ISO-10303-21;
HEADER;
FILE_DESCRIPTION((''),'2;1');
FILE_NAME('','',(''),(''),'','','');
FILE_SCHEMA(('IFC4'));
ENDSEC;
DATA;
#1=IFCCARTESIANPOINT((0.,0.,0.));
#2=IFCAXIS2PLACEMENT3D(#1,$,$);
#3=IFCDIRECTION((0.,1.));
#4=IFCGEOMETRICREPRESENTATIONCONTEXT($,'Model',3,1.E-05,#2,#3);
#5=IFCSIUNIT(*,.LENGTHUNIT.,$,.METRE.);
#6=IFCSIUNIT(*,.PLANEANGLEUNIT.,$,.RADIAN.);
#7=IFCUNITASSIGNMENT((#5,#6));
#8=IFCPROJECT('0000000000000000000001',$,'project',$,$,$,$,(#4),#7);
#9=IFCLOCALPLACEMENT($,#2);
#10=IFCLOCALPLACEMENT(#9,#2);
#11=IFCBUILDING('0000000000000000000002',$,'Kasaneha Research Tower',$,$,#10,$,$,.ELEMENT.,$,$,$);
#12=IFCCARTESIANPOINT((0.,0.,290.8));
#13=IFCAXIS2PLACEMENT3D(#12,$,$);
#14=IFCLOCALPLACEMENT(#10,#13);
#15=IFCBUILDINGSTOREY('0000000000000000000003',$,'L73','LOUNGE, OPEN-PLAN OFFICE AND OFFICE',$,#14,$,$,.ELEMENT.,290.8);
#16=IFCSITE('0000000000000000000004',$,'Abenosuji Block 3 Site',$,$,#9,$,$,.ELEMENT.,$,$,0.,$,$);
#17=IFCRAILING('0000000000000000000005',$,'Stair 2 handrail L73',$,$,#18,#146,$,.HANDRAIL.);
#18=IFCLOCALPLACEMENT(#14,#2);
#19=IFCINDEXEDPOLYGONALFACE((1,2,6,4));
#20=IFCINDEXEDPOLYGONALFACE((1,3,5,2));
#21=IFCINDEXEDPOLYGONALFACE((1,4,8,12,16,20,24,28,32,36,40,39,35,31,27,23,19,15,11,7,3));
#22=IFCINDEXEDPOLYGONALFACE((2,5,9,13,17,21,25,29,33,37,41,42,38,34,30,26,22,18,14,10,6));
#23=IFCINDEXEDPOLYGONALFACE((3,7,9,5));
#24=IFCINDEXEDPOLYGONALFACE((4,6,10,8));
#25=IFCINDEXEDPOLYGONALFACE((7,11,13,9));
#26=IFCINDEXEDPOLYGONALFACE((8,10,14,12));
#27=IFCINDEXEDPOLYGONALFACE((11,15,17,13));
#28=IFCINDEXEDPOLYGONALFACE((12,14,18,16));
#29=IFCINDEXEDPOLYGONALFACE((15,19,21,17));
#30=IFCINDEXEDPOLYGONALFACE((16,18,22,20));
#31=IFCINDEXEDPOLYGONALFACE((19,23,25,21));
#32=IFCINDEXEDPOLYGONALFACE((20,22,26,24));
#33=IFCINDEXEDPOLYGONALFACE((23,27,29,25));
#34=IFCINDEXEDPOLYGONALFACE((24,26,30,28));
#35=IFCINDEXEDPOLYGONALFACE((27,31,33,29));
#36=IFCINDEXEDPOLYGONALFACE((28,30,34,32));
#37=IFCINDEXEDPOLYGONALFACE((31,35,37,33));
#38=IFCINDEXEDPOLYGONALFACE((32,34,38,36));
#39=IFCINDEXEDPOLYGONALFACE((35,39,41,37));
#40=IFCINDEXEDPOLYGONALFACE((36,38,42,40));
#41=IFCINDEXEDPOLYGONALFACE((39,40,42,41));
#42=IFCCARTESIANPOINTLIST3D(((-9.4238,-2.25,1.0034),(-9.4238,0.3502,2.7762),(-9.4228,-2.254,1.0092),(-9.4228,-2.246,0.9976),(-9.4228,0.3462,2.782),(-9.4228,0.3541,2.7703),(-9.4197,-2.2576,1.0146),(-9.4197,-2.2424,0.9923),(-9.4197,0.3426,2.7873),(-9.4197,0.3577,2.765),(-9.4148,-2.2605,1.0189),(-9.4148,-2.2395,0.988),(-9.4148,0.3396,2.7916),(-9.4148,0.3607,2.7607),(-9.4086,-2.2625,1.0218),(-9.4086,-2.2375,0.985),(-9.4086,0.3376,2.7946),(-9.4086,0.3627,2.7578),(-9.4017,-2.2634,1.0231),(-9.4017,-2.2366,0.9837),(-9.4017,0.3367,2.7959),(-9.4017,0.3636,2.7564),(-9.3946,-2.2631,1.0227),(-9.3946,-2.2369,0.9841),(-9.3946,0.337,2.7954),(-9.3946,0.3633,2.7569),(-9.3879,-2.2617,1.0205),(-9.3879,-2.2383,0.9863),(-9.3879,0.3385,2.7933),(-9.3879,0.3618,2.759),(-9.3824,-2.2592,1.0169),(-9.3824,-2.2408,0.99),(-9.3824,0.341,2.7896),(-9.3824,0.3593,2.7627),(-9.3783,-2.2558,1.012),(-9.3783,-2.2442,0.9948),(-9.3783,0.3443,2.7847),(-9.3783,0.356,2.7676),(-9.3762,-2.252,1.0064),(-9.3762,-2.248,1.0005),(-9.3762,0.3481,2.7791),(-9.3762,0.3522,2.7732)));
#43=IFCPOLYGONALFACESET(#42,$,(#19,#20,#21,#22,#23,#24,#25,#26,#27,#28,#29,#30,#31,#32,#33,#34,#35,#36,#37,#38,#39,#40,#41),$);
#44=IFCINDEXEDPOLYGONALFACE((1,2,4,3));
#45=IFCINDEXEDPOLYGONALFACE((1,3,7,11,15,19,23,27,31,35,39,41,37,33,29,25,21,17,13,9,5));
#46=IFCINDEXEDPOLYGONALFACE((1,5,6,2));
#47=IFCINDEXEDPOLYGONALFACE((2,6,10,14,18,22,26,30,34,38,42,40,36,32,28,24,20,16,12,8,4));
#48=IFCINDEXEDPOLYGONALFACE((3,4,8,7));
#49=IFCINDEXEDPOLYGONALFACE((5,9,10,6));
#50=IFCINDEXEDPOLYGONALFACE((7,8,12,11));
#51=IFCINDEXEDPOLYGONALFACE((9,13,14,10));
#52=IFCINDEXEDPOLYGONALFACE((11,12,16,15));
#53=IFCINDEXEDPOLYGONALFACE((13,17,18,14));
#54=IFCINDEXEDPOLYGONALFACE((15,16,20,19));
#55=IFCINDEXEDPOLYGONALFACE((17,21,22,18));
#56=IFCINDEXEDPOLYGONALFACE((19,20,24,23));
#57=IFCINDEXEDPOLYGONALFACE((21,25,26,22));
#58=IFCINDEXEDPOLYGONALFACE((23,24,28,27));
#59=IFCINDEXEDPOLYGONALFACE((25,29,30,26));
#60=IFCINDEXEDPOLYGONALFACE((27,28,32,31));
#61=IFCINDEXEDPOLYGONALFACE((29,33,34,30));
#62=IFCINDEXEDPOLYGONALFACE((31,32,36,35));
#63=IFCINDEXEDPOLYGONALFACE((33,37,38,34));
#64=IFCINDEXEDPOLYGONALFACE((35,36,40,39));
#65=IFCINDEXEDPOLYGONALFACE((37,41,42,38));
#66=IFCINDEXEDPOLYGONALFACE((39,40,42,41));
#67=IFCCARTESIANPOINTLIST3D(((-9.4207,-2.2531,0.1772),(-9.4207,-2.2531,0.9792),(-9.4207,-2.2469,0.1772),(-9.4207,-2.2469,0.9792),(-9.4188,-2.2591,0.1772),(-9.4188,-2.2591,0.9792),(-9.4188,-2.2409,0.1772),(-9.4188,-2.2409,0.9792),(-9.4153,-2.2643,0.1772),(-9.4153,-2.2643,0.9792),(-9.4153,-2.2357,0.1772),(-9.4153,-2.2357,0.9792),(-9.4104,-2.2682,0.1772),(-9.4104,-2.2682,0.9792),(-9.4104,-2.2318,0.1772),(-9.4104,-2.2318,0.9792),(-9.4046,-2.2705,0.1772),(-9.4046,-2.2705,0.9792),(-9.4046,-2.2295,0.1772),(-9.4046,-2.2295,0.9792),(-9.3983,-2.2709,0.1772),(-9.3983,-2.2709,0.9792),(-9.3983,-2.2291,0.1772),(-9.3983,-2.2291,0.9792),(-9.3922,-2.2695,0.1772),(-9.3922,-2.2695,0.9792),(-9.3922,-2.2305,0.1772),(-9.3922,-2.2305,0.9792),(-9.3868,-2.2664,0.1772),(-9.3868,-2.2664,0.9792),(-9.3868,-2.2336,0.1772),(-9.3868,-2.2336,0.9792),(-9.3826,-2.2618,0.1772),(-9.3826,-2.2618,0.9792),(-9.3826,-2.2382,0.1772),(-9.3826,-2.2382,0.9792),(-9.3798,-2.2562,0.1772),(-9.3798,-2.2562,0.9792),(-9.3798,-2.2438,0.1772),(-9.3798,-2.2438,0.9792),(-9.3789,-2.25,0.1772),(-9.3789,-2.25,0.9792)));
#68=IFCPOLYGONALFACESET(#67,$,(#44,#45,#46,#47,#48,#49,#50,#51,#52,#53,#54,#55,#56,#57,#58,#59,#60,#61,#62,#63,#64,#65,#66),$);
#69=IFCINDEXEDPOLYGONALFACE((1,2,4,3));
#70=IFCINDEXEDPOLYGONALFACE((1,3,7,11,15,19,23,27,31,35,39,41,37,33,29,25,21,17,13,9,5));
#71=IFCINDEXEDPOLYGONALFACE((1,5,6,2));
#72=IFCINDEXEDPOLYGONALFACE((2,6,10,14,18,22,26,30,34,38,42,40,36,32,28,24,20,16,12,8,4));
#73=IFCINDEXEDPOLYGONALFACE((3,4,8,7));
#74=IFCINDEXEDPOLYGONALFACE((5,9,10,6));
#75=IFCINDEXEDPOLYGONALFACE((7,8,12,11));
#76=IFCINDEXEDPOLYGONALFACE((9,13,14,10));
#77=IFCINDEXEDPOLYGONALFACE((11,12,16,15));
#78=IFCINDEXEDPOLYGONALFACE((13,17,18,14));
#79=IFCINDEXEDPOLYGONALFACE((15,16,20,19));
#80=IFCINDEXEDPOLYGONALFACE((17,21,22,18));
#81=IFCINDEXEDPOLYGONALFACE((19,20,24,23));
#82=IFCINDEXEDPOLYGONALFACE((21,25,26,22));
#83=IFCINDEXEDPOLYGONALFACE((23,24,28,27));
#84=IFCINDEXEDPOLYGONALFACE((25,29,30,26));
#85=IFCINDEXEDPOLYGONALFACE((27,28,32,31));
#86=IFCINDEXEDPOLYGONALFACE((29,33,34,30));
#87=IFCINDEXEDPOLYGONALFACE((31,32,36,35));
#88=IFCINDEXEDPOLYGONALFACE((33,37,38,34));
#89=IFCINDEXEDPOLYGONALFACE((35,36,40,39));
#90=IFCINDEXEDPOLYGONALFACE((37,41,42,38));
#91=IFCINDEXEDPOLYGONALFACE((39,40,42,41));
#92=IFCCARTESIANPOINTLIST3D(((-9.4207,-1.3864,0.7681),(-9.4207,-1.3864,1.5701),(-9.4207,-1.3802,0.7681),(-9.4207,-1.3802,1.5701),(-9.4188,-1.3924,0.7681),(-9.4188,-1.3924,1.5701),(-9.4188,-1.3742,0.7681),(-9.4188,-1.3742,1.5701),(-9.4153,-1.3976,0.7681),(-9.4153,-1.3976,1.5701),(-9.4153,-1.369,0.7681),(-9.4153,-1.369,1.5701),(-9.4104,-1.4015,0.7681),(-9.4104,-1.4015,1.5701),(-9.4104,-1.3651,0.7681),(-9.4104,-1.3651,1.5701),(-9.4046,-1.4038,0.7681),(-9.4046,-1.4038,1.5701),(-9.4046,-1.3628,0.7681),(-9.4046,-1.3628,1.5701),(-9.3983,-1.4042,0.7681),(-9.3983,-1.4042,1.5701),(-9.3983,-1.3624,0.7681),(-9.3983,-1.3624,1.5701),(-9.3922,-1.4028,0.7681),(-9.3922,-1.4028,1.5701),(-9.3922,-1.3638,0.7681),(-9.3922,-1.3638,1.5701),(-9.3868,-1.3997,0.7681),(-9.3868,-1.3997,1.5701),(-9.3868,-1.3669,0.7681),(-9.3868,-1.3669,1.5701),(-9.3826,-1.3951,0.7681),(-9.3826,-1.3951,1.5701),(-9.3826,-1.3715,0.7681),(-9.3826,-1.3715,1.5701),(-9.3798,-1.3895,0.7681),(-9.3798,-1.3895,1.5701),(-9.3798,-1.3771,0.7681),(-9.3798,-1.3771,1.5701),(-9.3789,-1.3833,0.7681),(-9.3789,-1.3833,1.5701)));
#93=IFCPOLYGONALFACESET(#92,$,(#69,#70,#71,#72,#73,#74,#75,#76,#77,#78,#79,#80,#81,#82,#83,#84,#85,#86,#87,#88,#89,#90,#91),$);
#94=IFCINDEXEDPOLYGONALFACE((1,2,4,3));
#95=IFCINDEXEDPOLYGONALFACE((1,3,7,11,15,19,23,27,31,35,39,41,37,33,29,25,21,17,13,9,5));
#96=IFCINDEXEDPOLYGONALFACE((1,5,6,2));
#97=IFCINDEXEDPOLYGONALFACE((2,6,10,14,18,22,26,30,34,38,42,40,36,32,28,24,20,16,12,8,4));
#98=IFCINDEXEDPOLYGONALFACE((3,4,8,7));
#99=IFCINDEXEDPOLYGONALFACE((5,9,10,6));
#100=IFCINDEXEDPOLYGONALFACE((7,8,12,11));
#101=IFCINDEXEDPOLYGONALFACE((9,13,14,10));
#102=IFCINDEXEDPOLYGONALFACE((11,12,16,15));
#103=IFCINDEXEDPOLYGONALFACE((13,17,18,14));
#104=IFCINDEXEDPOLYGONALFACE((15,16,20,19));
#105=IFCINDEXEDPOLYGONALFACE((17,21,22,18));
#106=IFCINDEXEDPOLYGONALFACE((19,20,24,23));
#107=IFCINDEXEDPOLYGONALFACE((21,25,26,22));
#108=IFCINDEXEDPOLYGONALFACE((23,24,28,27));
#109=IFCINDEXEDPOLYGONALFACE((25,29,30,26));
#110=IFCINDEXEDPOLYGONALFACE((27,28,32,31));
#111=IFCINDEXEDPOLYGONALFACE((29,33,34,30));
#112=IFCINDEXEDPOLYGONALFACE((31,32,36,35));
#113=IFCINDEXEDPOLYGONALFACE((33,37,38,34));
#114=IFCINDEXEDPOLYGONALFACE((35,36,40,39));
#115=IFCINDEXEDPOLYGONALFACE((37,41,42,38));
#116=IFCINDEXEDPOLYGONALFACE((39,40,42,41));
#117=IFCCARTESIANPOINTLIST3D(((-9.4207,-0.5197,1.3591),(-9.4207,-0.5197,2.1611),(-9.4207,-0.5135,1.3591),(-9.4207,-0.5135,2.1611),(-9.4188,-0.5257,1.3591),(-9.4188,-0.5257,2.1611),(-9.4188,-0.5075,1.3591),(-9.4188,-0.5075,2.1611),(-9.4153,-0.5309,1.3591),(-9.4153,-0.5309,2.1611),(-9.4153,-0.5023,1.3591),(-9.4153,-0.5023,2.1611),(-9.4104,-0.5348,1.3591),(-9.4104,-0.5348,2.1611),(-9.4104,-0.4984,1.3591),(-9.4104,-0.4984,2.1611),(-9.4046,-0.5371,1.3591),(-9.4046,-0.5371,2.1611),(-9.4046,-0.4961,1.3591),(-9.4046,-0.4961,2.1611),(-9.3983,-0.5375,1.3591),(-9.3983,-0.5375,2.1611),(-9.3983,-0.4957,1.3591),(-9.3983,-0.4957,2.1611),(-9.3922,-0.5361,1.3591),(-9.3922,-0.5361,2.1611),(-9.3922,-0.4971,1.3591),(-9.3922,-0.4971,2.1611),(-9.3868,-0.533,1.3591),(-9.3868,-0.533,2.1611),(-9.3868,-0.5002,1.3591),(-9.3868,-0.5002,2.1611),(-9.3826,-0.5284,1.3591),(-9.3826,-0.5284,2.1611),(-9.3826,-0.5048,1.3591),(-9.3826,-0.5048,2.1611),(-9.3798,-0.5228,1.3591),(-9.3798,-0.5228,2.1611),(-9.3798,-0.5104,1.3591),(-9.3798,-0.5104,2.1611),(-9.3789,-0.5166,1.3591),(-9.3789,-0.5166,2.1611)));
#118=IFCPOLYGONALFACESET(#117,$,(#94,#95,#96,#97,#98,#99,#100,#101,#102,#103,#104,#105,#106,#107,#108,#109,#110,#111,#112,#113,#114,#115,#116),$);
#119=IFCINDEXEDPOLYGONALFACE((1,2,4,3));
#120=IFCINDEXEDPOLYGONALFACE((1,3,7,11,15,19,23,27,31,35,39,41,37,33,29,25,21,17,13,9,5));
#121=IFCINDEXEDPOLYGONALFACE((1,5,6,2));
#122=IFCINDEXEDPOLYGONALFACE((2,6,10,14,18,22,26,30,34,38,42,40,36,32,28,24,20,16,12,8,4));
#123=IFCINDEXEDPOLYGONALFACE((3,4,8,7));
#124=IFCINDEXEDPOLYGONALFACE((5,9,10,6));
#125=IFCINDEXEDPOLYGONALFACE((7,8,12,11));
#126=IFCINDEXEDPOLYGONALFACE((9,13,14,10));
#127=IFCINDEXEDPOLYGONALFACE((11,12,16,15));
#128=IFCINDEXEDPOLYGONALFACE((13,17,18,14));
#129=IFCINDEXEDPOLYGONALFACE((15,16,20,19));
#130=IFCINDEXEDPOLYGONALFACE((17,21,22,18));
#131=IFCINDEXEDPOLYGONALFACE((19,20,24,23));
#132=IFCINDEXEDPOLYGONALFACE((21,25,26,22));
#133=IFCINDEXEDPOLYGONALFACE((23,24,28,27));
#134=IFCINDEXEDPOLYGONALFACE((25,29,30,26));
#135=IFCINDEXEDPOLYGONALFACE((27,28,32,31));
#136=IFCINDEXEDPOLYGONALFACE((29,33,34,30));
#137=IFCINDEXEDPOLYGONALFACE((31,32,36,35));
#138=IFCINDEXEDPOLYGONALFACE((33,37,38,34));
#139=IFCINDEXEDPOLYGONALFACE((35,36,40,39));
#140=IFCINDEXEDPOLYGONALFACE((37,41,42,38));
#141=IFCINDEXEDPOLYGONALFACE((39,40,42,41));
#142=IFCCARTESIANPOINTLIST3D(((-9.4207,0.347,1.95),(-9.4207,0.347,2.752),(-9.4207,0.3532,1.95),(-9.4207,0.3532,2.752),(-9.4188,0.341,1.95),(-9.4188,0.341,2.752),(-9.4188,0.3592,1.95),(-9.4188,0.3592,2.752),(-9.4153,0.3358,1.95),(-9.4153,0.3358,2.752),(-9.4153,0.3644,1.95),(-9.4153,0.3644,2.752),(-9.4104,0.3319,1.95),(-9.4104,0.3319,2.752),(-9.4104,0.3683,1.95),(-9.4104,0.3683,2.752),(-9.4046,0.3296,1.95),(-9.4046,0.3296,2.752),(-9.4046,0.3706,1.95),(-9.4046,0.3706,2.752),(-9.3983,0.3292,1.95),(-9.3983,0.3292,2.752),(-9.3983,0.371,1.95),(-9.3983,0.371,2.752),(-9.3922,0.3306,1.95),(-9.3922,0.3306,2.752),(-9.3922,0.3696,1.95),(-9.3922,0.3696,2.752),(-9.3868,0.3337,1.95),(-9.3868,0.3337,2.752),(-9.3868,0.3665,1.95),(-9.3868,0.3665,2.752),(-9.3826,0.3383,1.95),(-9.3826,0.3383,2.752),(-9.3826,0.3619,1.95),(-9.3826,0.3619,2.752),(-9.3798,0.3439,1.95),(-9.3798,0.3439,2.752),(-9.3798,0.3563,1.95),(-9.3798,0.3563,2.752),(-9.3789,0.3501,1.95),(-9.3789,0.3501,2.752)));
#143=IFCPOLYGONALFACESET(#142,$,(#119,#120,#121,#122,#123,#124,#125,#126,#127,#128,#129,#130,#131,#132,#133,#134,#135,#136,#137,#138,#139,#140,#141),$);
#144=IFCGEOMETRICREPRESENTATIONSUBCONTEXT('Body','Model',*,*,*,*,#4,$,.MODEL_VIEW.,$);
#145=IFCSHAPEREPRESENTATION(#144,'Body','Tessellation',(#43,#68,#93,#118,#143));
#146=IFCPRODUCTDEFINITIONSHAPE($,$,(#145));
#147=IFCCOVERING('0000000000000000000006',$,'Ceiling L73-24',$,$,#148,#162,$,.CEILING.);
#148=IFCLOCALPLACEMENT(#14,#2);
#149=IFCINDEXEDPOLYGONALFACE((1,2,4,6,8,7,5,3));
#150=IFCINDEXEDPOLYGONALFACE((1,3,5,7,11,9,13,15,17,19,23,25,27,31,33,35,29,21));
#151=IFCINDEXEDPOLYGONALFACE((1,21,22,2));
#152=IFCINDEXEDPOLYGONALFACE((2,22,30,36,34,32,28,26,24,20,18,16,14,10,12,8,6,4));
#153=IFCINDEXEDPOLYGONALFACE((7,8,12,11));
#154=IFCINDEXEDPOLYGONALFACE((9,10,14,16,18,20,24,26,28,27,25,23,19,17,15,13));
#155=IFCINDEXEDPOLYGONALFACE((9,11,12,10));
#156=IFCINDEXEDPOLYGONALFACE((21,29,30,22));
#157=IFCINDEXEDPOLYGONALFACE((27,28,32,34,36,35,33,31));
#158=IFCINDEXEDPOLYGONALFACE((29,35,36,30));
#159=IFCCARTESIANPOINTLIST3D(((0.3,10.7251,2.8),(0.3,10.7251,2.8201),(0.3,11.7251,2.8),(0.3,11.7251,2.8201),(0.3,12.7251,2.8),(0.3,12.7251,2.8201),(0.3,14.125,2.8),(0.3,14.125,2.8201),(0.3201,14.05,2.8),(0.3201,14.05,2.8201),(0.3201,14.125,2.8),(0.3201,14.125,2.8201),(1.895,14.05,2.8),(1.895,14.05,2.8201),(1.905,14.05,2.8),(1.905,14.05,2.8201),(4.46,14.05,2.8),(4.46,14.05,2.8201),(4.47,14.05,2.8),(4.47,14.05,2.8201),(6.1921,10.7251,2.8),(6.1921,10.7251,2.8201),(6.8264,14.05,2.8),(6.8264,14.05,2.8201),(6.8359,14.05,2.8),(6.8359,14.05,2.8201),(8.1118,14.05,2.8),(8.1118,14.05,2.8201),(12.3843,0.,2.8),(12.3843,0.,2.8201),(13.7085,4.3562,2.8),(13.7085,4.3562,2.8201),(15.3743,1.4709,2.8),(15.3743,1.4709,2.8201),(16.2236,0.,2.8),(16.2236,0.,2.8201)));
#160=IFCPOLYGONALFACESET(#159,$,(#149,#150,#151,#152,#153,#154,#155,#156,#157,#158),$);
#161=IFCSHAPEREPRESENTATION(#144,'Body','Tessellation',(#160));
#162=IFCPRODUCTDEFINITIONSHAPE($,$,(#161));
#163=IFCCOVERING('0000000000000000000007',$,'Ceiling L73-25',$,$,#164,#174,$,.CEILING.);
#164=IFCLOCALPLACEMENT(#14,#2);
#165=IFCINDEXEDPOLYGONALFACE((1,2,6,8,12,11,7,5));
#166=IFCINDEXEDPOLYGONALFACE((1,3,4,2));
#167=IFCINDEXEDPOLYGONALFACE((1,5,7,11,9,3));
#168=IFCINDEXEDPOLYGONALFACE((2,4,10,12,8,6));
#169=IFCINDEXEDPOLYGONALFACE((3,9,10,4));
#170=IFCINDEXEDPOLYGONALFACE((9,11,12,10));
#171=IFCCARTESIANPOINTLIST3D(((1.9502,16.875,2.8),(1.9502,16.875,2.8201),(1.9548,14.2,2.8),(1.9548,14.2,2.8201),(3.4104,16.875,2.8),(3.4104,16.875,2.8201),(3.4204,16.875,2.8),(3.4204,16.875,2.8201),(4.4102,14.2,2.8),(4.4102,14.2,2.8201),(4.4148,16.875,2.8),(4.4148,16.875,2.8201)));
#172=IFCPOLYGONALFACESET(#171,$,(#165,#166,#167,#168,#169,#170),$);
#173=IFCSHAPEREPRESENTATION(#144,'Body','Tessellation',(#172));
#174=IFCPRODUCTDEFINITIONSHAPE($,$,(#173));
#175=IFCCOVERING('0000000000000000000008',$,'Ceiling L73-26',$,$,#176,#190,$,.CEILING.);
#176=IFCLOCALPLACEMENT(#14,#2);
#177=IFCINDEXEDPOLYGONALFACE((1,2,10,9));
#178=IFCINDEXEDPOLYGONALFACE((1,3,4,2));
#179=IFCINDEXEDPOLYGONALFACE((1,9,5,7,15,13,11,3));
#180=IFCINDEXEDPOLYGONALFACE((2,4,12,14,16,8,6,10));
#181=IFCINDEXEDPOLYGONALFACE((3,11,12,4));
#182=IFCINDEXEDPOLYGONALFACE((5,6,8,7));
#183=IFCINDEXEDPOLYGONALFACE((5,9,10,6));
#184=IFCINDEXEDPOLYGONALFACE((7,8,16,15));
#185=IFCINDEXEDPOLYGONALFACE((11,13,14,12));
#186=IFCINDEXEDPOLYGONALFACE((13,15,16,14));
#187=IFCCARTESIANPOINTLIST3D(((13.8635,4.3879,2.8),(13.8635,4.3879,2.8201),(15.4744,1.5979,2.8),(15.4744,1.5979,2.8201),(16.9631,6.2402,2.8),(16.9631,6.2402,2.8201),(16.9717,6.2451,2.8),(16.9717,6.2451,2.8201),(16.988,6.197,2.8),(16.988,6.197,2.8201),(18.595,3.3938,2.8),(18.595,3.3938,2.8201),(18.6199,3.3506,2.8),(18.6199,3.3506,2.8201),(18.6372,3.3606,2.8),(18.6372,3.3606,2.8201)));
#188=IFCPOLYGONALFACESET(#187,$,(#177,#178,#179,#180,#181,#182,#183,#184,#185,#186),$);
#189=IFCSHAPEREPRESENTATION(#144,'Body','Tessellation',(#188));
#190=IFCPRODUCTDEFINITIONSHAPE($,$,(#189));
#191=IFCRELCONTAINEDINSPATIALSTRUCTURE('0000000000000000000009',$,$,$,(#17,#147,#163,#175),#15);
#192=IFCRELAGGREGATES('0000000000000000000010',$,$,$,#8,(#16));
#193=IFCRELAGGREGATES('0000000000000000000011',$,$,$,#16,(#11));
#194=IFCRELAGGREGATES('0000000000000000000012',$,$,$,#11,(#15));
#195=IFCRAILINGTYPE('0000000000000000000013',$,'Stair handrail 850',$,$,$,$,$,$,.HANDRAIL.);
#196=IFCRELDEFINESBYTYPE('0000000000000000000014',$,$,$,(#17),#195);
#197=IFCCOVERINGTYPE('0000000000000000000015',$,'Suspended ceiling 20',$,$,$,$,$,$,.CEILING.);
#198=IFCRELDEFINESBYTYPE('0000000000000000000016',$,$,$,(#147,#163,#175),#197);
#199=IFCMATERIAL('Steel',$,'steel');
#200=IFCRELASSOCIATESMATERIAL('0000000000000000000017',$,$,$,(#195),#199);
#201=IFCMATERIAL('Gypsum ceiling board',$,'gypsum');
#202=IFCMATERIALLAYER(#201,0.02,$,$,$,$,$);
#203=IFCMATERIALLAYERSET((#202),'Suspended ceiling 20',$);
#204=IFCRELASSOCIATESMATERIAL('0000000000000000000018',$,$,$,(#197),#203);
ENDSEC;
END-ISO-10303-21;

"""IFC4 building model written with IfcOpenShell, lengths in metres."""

from ifc_helpers import new_model, si_unit, direction, frame, origin, origin_2d, place, context, subcontext, project, spatial, polyline, circle, outline, extrude, material, layer, layer_set, type_object, element, save


model = new_model("IFC4")

# Units and contexts
model_context = context("Model", 3, precision=1e-05, world=origin(), true_north=direction((0.0, 1.0)))
body_context = subcontext(model_context, "Body", "Model", "MODEL_VIEW")
ifc_project = project(units=[si_unit("LENGTHUNIT", "METRE"), si_unit("PLANEANGLEUNIT", "RADIAN")], contexts=[model_context])

# Site, building, storey
site_placement = place(None, origin())
site = spatial("IfcSite", under=ifc_project, at=site_placement, Name="Abenosuji Block 3 Site", CompositionType="ELEMENT", RefElevation=0.0)
building_placement = place(site_placement, origin())
building = spatial("IfcBuilding", under=site, at=building_placement, Name="Kasaneha Research Tower", CompositionType="ELEMENT")
storey_placement = place(building_placement, frame((0.0, 0.0, 290.8)))
storey = spatial("IfcBuildingStorey", under=building, at=storey_placement, Name="L73", Description="LOUNGE, OPEN-PLAN OFFICE AND OFFICE", CompositionType="ELEMENT", Elevation=290.8)

# Railing
ifc_material_1 = material(Name="Steel", Category="steel")
railing_type = type_object("IfcRailingType", Name="Stair handrail 850", PredefinedType="HANDRAIL", material=ifc_material_1)
railing_placement = place(storey_placement, frame((-9.3999, -2.25, 0.1772)))
element("IfcRailing", 1, at=railing_placement, inside=storey, type_object=railing_type, Name="Stair 2 handrail L73", PredefinedType="HANDRAIL", context=body_context, shape_type="SweptSolid", body=[
    extrude(circle(Radius=0.0239, at=origin_2d()), frame((0.0, 0.0, 0.8262), z_axis=(0.0, 0.82624, 0.563318), x_axis=(-1.0, 0.0, 0.0)), (0.0, 0.0, 1.0), 3.147),
    extrude(circle(Radius=0.021, at=origin_2d()), origin(), (0.0, 0.0, 1.0), 0.802),
    extrude(circle(Radius=0.021, at=origin_2d()), frame((0.0, 0.8667, 0.5908)), (0.0, 0.0, 1.0), 0.802),
    extrude(circle(Radius=0.021, at=origin_2d()), frame((0.0, 1.7334, 1.1819)), (0.0, 0.0, 1.0), 0.802),
    extrude(circle(Radius=0.021, at=origin_2d()), frame((0.0, 2.6001, 1.7727)), (0.0, 0.0, 1.0), 0.802),
])

# Coverings
ifc_material_2 = material(Name="Gypsum ceiling board", Category="gypsum")
ifc_layer_1 = layer(ifc_material_2, 0.02)
ifc_layer_set_1 = layer_set([ifc_layer_1], Name="Suspended ceiling 20")
covering_type_1 = type_object("IfcCoveringType", Name="Suspended ceiling 20", PredefinedType="CEILING", material=ifc_layer_set_1)
covering_1_placement = place(storey_placement, frame((0.0, 0.0, 2.8)))
element("IfcCovering", 2, at=covering_1_placement, inside=storey, type_object=covering_type_1, Name="Ceiling L73-24", PredefinedType="CEILING", context=body_context, shape_type="SweptSolid", body=[
    extrude(outline(polyline([(6.1921, 10.7251), (0.3, 10.7251), (0.3, 11.7251), (0.3, 12.7251), (0.3, 14.125), (0.3201, 14.125), (0.3201, 14.05), (1.895, 14.05), (1.905, 14.05), (4.46, 14.05), (4.47, 14.05), (6.8264, 14.05), (6.8359, 14.05), (8.1118, 14.05), (13.7085, 4.3562), (13.7085, 4.3562), (15.3743, 1.4709), (15.3743, 1.4709), (16.2236, 0.0), (12.3843, 0.0), (6.1921, 10.7251)])), origin(), (0.0, 0.0, 1.0), 0.02),
])
covering_2_placement = place(storey_placement, frame((0.0, 0.0, 2.8)))
element("IfcCovering", 3, at=covering_2_placement, inside=storey, type_object=covering_type_1, Name="Ceiling L73-25", PredefinedType="CEILING", context=body_context, shape_type="SweptSolid", body=[
    extrude(outline(polyline([(4.4102, 14.2), (1.9548, 14.2), (1.9502, 16.875), (3.4104, 16.875), (3.4204, 16.875), (4.4148, 16.875), (4.4102, 14.2)])), origin(), (0.0, 0.0, 1.0), 0.02),
])
covering_3_placement = place(storey_placement, frame((0.0, 0.0, 2.8)))
element("IfcCovering", 4, at=covering_3_placement, inside=storey, type_object=covering_type_1, Name="Ceiling L73-26", PredefinedType="CEILING", context=body_context, shape_type="SweptSolid", body=[
    extrude(outline(polyline([(18.6199, 3.3506), (18.595, 3.3938), (15.4744, 1.5979), (13.8635, 4.3879), (16.988, 6.197), (16.9631, 6.2402), (16.9717, 6.2451), (18.6372, 3.3606), (18.6199, 3.3506)])), origin(), (0.0, 0.0, 1.0), 0.02),
])

save(model, "model.ifc")
